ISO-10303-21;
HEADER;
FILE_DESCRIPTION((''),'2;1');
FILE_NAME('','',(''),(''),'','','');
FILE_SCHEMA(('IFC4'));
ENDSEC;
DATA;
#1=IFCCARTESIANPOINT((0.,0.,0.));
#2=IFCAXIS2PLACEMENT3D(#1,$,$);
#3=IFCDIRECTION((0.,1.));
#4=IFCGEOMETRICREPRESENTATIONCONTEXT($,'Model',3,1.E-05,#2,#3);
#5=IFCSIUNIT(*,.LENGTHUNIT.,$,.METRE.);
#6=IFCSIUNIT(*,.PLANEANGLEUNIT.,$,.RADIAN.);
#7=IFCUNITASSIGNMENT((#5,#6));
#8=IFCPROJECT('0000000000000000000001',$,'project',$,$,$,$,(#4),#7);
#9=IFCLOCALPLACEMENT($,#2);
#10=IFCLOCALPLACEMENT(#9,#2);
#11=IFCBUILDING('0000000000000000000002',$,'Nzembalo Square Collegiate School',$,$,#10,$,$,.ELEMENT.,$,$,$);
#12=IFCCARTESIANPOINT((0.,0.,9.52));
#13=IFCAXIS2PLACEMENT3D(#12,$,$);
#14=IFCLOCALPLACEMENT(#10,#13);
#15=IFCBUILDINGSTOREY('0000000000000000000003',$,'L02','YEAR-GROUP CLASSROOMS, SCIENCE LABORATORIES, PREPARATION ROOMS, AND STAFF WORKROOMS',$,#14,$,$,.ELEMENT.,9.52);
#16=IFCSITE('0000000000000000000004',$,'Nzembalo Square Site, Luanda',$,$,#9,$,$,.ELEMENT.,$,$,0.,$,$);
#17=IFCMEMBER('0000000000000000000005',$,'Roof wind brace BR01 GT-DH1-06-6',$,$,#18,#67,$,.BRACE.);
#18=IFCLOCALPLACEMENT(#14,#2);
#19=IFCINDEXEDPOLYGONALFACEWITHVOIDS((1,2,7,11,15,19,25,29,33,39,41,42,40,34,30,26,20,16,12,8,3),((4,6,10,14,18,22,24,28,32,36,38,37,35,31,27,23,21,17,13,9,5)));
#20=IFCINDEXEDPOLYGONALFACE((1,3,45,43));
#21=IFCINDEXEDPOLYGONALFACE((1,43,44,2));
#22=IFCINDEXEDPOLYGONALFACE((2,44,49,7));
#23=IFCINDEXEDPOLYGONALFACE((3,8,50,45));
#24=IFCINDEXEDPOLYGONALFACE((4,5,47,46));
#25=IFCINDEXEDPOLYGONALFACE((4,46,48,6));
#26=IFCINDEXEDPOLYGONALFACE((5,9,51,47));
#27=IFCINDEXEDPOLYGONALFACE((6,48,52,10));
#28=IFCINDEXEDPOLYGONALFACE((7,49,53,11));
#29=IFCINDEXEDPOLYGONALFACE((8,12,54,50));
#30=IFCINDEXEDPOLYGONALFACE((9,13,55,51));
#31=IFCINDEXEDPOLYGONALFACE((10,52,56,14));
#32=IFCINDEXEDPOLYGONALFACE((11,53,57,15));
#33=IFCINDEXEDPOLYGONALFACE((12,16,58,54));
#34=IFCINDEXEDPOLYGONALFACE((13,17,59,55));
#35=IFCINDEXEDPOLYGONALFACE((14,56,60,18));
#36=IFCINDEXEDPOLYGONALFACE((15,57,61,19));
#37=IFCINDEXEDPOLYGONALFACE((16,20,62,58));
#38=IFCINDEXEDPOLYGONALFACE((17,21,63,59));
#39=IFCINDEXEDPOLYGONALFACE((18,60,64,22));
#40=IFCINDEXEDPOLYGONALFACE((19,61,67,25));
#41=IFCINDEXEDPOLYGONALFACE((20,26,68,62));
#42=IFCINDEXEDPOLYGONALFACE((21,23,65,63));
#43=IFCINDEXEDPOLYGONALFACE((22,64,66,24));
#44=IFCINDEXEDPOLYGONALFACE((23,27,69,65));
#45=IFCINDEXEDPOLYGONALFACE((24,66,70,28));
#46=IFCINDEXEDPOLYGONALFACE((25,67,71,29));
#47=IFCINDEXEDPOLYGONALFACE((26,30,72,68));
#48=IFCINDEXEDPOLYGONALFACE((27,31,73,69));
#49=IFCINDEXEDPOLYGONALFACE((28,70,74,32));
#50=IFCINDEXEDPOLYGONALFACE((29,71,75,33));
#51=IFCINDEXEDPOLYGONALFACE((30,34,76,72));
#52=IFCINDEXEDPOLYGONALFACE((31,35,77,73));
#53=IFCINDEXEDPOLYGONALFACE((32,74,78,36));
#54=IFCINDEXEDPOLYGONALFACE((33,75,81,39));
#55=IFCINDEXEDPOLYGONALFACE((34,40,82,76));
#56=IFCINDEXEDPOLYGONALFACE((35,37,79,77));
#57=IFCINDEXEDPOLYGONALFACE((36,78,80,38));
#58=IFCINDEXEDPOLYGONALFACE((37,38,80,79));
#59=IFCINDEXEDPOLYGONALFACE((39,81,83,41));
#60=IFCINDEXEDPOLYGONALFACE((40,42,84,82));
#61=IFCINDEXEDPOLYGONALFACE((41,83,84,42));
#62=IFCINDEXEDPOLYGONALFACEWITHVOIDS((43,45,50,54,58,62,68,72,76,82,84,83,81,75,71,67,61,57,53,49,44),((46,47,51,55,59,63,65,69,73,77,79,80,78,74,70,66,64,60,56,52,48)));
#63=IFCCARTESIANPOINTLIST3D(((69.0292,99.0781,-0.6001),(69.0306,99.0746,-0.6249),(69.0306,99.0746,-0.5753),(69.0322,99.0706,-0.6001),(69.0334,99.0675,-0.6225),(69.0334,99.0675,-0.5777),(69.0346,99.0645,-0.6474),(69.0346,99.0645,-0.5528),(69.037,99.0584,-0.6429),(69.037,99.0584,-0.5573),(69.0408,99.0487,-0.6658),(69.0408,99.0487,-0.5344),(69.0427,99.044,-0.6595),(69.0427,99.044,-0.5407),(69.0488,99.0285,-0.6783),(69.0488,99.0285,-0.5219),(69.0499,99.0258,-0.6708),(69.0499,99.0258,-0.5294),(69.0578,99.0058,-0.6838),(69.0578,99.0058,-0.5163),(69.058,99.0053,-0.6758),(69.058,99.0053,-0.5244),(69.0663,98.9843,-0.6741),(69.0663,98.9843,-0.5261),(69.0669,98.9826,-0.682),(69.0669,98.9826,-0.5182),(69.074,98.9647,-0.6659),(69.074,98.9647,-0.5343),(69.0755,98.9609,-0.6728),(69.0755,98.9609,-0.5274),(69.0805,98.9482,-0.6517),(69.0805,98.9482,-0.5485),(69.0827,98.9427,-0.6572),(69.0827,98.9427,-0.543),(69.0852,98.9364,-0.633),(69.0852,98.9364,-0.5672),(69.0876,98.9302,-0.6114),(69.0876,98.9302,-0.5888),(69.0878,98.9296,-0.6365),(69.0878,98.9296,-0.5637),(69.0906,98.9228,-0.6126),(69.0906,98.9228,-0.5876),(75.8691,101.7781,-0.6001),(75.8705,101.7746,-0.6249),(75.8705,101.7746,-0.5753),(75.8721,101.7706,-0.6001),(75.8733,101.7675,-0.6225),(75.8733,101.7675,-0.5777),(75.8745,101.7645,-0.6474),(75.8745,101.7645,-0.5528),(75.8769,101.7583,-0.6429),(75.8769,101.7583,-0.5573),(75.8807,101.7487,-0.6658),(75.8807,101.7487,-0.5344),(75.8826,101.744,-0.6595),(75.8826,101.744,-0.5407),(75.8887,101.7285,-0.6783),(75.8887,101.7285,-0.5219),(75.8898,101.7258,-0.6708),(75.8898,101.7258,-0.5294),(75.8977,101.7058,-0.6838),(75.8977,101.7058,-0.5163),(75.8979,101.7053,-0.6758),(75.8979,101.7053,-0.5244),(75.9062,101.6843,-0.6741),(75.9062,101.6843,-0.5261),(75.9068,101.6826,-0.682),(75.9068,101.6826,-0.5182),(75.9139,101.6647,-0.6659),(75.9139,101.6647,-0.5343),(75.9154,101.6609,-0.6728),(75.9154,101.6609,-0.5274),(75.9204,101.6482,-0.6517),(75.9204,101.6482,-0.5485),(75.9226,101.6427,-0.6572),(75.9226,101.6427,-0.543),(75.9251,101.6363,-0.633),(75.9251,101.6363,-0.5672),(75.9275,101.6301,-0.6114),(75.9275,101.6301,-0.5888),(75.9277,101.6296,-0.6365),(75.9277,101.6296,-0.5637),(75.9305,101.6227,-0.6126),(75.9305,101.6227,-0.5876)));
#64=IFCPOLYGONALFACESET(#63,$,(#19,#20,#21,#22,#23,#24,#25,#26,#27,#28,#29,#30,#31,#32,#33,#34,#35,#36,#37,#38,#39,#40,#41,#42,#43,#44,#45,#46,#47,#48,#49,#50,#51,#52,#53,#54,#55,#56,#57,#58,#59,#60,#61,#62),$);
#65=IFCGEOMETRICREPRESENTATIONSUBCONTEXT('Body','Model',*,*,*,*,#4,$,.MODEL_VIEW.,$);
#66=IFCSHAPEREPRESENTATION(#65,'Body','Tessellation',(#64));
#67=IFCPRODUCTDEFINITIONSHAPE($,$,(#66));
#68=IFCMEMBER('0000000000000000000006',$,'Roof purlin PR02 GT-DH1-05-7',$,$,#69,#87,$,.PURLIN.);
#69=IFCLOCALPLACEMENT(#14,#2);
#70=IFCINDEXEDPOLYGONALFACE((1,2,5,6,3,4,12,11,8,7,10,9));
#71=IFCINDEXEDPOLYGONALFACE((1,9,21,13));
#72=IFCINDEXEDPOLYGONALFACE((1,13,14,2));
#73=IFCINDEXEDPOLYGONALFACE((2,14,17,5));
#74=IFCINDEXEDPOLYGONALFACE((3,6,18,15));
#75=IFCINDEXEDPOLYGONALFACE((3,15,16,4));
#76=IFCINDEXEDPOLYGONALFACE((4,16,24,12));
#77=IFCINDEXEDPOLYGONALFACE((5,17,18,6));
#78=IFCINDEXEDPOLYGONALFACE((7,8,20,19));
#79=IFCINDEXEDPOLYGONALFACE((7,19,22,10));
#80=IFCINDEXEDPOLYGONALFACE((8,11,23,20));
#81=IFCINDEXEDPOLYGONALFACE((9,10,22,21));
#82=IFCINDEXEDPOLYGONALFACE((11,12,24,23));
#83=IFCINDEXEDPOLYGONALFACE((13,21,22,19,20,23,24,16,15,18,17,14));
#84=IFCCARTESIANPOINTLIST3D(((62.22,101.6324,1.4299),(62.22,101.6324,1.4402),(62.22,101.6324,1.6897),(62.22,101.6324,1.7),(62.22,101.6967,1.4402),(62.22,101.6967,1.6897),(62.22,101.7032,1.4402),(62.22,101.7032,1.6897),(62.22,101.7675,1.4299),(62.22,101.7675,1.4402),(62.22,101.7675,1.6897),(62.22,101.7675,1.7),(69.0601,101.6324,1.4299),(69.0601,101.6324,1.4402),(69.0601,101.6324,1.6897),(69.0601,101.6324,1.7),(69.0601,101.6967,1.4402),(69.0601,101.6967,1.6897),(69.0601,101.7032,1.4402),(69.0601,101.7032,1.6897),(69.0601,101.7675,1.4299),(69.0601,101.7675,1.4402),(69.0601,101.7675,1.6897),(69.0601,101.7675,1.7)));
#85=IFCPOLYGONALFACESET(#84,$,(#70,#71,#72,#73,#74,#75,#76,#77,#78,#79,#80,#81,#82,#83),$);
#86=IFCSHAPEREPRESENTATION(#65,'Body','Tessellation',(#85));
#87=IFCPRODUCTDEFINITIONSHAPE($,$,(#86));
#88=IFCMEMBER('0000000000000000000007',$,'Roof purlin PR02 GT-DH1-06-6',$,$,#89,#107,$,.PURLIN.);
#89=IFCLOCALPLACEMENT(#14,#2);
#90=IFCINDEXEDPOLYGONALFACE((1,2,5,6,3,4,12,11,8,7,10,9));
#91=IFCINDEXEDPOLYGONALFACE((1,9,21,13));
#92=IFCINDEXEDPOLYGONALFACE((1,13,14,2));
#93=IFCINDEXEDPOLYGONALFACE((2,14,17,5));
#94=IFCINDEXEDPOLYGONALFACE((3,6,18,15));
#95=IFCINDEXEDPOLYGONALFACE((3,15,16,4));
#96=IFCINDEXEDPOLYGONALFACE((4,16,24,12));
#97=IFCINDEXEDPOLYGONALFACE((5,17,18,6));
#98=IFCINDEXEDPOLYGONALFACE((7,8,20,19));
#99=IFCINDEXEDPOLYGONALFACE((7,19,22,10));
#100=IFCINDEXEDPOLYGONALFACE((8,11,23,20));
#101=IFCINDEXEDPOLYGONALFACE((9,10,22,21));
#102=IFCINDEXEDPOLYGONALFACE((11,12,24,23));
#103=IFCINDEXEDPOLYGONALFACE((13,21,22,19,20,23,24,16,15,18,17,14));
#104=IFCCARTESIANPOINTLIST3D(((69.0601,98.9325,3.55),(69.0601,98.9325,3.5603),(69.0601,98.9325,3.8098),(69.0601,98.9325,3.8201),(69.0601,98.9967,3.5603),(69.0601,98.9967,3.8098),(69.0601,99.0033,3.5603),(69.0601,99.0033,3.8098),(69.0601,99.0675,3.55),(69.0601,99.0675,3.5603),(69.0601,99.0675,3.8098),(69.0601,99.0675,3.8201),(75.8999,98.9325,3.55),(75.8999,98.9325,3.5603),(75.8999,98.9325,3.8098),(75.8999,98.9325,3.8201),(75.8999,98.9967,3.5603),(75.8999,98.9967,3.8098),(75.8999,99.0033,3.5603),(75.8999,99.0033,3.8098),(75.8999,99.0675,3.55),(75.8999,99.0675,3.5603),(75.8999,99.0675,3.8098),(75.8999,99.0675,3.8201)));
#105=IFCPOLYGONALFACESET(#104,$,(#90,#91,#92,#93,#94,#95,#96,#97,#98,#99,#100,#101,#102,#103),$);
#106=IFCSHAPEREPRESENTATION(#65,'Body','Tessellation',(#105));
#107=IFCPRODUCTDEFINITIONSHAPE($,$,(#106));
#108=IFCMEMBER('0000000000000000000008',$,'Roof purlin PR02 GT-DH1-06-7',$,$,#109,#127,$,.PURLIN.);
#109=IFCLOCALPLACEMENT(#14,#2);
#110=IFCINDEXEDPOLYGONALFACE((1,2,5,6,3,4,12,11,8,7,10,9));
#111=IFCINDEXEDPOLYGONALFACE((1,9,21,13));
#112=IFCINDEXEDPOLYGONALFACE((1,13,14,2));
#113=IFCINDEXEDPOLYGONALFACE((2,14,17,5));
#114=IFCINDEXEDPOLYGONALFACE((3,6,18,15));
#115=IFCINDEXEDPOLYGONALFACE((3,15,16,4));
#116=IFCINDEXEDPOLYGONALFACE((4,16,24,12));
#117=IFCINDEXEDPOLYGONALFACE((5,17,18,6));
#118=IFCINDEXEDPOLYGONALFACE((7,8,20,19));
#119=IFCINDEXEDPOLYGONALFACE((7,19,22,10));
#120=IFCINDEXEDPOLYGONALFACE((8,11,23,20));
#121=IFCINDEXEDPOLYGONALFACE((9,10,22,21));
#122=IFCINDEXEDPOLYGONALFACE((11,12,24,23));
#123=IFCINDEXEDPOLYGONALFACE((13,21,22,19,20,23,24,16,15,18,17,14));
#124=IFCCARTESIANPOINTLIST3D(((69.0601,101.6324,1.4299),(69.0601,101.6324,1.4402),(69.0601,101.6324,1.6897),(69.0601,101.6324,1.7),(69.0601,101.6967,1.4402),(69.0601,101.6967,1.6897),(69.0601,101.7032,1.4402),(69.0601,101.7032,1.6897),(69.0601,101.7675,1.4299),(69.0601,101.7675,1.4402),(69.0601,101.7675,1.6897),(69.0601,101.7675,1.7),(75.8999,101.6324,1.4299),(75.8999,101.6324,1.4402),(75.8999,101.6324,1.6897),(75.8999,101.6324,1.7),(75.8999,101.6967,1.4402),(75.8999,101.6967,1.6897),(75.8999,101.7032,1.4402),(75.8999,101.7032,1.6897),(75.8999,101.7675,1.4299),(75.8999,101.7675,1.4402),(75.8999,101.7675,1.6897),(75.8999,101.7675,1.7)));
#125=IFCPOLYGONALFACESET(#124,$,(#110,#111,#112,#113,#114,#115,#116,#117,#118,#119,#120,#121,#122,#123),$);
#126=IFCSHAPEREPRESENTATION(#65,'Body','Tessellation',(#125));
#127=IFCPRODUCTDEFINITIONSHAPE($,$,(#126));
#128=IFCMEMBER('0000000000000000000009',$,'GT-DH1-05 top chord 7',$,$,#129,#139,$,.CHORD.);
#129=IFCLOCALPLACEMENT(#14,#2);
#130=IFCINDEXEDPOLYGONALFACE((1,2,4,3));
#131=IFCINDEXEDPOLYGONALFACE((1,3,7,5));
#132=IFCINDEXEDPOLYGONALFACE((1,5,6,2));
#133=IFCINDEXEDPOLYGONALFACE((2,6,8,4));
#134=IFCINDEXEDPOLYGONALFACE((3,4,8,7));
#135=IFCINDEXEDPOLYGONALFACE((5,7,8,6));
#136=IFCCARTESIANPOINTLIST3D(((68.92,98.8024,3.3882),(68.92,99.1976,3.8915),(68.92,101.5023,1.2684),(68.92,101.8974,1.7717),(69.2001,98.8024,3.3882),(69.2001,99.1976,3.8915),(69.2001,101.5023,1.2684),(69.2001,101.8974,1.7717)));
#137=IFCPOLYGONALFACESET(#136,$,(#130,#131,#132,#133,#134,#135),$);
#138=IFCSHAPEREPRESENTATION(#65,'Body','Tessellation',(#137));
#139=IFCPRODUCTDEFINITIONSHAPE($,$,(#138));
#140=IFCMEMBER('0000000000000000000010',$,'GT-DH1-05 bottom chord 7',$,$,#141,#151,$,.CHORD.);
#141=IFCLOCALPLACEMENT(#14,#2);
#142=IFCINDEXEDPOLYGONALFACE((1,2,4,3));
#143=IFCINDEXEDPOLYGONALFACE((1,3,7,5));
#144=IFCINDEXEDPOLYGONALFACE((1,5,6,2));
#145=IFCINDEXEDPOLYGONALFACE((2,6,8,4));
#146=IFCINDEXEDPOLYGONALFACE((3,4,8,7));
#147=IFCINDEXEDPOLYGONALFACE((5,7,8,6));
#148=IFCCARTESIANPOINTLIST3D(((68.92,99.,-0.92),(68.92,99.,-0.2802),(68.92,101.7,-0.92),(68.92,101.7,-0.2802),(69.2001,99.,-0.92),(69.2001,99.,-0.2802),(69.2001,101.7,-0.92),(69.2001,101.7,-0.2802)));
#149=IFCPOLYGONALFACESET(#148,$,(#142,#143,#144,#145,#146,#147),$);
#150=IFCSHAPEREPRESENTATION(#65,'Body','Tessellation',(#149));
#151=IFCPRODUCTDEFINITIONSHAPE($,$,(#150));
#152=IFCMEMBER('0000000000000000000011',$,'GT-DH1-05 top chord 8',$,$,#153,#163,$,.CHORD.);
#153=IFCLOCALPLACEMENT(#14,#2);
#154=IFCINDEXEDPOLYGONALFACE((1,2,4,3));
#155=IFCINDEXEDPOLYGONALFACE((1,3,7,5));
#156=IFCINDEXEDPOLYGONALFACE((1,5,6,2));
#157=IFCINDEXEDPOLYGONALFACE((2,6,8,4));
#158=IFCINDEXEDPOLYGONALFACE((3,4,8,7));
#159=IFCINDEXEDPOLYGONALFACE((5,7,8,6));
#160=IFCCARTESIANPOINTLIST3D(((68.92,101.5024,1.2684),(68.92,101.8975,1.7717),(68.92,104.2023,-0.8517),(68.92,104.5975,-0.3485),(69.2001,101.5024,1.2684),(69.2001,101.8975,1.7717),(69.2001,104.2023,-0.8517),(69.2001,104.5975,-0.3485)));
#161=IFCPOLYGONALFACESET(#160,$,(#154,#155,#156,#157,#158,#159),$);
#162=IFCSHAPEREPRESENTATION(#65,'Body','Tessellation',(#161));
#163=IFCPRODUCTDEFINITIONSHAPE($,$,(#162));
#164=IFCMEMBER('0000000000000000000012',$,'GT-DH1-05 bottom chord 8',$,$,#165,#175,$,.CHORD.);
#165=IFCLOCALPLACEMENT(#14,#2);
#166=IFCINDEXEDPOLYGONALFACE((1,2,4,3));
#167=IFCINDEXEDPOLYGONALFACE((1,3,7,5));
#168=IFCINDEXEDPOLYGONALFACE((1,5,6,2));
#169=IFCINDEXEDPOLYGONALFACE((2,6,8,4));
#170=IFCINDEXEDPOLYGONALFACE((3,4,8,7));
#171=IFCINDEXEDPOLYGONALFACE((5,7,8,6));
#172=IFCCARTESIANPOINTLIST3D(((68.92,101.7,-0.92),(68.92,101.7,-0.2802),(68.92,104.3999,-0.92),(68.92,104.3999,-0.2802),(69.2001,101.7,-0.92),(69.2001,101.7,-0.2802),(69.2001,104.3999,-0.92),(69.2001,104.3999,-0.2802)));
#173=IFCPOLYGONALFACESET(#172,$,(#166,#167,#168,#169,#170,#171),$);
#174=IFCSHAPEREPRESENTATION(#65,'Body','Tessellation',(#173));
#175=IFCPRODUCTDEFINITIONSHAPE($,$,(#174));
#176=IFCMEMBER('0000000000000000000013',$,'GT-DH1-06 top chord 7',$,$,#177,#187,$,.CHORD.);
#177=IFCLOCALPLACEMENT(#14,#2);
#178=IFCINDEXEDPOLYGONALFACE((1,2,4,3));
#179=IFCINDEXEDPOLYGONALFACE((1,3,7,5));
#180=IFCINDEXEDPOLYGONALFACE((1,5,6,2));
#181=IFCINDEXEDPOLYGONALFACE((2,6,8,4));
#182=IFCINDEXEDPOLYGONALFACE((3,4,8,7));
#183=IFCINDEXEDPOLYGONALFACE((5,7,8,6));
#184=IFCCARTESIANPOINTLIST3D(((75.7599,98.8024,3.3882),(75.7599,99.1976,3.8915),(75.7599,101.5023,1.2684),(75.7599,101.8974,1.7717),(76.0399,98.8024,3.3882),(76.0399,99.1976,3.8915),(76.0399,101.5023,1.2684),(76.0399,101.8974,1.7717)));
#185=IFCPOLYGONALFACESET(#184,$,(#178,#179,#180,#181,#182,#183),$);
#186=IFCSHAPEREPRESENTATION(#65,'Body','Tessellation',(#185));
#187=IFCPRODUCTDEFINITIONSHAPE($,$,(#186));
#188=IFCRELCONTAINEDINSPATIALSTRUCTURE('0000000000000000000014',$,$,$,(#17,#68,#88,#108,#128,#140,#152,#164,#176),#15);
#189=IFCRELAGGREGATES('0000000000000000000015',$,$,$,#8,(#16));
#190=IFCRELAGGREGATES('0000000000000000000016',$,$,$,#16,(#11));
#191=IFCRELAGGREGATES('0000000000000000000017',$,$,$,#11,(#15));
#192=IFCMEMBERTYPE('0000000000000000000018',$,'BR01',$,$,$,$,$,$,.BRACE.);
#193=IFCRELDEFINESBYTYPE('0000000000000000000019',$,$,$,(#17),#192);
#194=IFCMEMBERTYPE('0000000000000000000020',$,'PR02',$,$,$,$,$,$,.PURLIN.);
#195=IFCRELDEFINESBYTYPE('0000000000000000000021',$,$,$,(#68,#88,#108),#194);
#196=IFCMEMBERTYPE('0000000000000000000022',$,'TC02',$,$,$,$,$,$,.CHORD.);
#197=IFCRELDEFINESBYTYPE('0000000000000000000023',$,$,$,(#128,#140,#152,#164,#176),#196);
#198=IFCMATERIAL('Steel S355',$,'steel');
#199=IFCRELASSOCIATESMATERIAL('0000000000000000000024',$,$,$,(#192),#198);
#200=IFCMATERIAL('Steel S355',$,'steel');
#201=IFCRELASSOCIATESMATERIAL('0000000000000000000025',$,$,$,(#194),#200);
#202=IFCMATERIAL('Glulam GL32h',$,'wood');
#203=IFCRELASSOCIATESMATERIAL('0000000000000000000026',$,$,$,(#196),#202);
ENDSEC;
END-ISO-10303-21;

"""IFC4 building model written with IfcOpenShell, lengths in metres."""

from ifc_helpers import new_model, si_unit, direction, frame, origin, origin_2d, place, context, subcontext, project, spatial, rectangle, hollow_circle, i_section, extrude, material, material_profile, profile_set, type_object, element, save


model = new_model("IFC4")

# Units and contexts
model_context = context("Model", 3, precision=1e-05, world=origin(), true_north=direction((0.0, 1.0)))
body_context = subcontext(model_context, "Body", "Model", "MODEL_VIEW")
ifc_project = project(units=[si_unit("LENGTHUNIT", "METRE"), si_unit("PLANEANGLEUNIT", "RADIAN")], contexts=[model_context])

# Site, building, storey
site_placement = place(None, origin())
site = spatial("IfcSite", under=ifc_project, at=site_placement, Name="Nzembalo Square Site, Luanda", CompositionType="ELEMENT", RefElevation=0.0)
building_placement = place(site_placement, origin())
building = spatial("IfcBuilding", under=site, at=building_placement, Name="Nzembalo Square Collegiate School", CompositionType="ELEMENT")
storey_placement = place(building_placement, frame((0.0, 0.0, 9.52)))
storey = spatial("IfcBuildingStorey", under=building, at=storey_placement, Name="L02", Description="YEAR-GROUP CLASSROOMS, SCIENCE LABORATORIES, PREPARATION ROOMS, AND STAFF WORKROOMS", CompositionType="ELEMENT", Elevation=9.52)

# Members
ifc_material_1 = material(Name="Steel S355", Category="steel")
ifc_material_profile_1 = material_profile(ifc_material_1, hollow_circle(Radius=0.084, WallThickness=0.0081, at=origin_2d()), Name="CHS 168x8")
ifc_profile_set_1 = profile_set([ifc_material_profile_1], Name="Steel S355")
member_type_1 = type_object("IfcMemberType", Name="BR01", PredefinedType="BRACE", material=ifc_profile_set_1)
member_1_placement = place(storey_placement, frame((69.0601, 99.0, -0.6001), z_axis=(0.930155, 0.367168, 0.0), x_axis=(-0.367168, 0.930155, 0.0)))
element("IfcMember", 1, at=member_1_placement, inside=storey, type_object=member_type_1, Name="Roof wind brace BR01 GT-DH1-06-6", PredefinedType="BRACE", context=body_context, shape_type="SweptSolid", body=[
    extrude(hollow_circle(Radius=0.084, WallThickness=0.0081, at=origin_2d()), origin(), (0.0, 0.0, 1.0), 7.3535),
])
ifc_material_2 = material(Name="Steel S355", Category="steel")
ifc_material_profile_2 = material_profile(ifc_material_2, i_section(OverallWidth=0.135, OverallDepth=0.27, WebThickness=0.0066, FlangeThickness=0.0103, at=origin_2d()), Name="IPE 270")
ifc_profile_set_2 = profile_set([ifc_material_profile_2], Name="Steel S355")
member_type_2 = type_object("IfcMemberType", Name="PR02", PredefinedType="PURLIN", material=ifc_profile_set_2)
member_2_placement = place(storey_placement, frame((62.22, 101.7, 1.5649), z_axis=(1.0, 0.0, 0.0), x_axis=(0.0, 1.0, 0.0)))
element("IfcMember", 2, at=member_2_placement, inside=storey, type_object=member_type_2, Name="Roof purlin PR02 GT-DH1-05-7", PredefinedType="PURLIN", context=body_context, shape_type="SweptSolid", body=[
    extrude(i_section(OverallWidth=0.135, OverallDepth=0.27, WebThickness=0.0066, FlangeThickness=0.0103, at=origin_2d()), origin(), (0.0, 0.0, 1.0), 6.8401),
])
for number, where, z_axis, x_axis, name in (
    (3, (69.0601, 99.0, 3.6851), (1.0, 0.0, 0.0), (0.0, 1.0, 0.0), "Roof purlin PR02 GT-DH1-06-6"),
    (4, (69.0601, 101.7, 1.5649), (1.0, 0.0, 0.0), (0.0, 1.0, 0.0), "Roof purlin PR02 GT-DH1-06-7"),
):
    element("IfcMember", number, at=place(storey_placement, frame(where, z_axis=z_axis, x_axis=x_axis)), inside=storey, type_object=member_type_2, Name=name, PredefinedType="PURLIN", context=body_context, shape_type="SweptSolid", body=[
        extrude(i_section(OverallWidth=0.135, OverallDepth=0.27, WebThickness=0.0066, FlangeThickness=0.0103, at=origin_2d()), origin(), (0.0, 0.0, 1.0), 6.8398),
    ])
ifc_material_3 = material(Name="Glulam GL32h", Category="wood")
ifc_material_profile_3 = material_profile(ifc_material_3, rectangle(XDim=0.28, YDim=0.6399, at=origin_2d()), Name="GL32h 280x640")
ifc_profile_set_3 = profile_set([ifc_material_profile_3], Name="Glulam GL32h")
member_type_3 = type_object("IfcMemberType", Name="TC02", PredefinedType="CHORD", material=ifc_profile_set_3)
member_3_placement = place(storey_placement, frame((69.0601, 99.0, 3.6399), z_axis=(0.0, 0.786533, -0.617548), x_axis=(-1.0, 0.0, 0.0)))
element("IfcMember", 5, at=member_3_placement, inside=storey, type_object=member_type_3, Name="GT-DH1-05 top chord 7", PredefinedType="CHORD", context=body_context, shape_type="SweptSolid", body=[
    extrude(rectangle(XDim=0.28, YDim=0.6399, at=origin_2d()), origin(), (0.0, 0.0, 1.0), 3.4326),
])
member_4_placement = place(storey_placement, frame((69.0601, 99.0, -0.6001), z_axis=(0.0, 1.0, 0.0), x_axis=(-1.0, 0.0, 0.0)))
element("IfcMember", 6, at=member_4_placement, inside=storey, type_object=member_type_3, Name="GT-DH1-05 bottom chord 7", PredefinedType="CHORD", context=body_context, shape_type="SweptSolid", body=[
    extrude(rectangle(XDim=0.28, YDim=0.6399, at=origin_2d()), origin(), (0.0, 0.0, 1.0), 2.7),
])
member_5_placement = place(storey_placement, frame((69.0601, 101.7, 1.52), z_axis=(0.0, 0.786498, -0.617592), x_axis=(-1.0, 0.0, 0.0)))
element("IfcMember", 7, at=member_5_placement, inside=storey, type_object=member_type_3, Name="GT-DH1-05 top chord 8", PredefinedType="CHORD", context=body_context, shape_type="SweptSolid", body=[
    extrude(rectangle(XDim=0.28, YDim=0.6399, at=origin_2d()), origin(), (0.0, 0.0, 1.0), 3.4329),
])
member_6_placement = place(storey_placement, frame((69.0601, 101.7, -0.6001), z_axis=(0.0, 1.0, 0.0), x_axis=(-1.0, 0.0, 0.0)))
element("IfcMember", 8, at=member_6_placement, inside=storey, type_object=member_type_3, Name="GT-DH1-05 bottom chord 8", PredefinedType="CHORD", context=body_context, shape_type="SweptSolid", body=[
    extrude(rectangle(XDim=0.28, YDim=0.6399, at=origin_2d()), origin(), (0.0, 0.0, 1.0), 2.7),
])
member_7_placement = place(storey_placement, frame((75.8999, 99.0, 3.6399), z_axis=(0.0, 0.786533, -0.617548), x_axis=(-1.0, 0.0, 0.0)))
element("IfcMember", 9, at=member_7_placement, inside=storey, type_object=member_type_3, Name="GT-DH1-06 top chord 7", PredefinedType="CHORD", context=body_context, shape_type="SweptSolid", body=[
    extrude(rectangle(XDim=0.28, YDim=0.6399, at=origin_2d()), origin(), (0.0, 0.0, 1.0), 3.4326),
])

save(model, "model.ifc")
